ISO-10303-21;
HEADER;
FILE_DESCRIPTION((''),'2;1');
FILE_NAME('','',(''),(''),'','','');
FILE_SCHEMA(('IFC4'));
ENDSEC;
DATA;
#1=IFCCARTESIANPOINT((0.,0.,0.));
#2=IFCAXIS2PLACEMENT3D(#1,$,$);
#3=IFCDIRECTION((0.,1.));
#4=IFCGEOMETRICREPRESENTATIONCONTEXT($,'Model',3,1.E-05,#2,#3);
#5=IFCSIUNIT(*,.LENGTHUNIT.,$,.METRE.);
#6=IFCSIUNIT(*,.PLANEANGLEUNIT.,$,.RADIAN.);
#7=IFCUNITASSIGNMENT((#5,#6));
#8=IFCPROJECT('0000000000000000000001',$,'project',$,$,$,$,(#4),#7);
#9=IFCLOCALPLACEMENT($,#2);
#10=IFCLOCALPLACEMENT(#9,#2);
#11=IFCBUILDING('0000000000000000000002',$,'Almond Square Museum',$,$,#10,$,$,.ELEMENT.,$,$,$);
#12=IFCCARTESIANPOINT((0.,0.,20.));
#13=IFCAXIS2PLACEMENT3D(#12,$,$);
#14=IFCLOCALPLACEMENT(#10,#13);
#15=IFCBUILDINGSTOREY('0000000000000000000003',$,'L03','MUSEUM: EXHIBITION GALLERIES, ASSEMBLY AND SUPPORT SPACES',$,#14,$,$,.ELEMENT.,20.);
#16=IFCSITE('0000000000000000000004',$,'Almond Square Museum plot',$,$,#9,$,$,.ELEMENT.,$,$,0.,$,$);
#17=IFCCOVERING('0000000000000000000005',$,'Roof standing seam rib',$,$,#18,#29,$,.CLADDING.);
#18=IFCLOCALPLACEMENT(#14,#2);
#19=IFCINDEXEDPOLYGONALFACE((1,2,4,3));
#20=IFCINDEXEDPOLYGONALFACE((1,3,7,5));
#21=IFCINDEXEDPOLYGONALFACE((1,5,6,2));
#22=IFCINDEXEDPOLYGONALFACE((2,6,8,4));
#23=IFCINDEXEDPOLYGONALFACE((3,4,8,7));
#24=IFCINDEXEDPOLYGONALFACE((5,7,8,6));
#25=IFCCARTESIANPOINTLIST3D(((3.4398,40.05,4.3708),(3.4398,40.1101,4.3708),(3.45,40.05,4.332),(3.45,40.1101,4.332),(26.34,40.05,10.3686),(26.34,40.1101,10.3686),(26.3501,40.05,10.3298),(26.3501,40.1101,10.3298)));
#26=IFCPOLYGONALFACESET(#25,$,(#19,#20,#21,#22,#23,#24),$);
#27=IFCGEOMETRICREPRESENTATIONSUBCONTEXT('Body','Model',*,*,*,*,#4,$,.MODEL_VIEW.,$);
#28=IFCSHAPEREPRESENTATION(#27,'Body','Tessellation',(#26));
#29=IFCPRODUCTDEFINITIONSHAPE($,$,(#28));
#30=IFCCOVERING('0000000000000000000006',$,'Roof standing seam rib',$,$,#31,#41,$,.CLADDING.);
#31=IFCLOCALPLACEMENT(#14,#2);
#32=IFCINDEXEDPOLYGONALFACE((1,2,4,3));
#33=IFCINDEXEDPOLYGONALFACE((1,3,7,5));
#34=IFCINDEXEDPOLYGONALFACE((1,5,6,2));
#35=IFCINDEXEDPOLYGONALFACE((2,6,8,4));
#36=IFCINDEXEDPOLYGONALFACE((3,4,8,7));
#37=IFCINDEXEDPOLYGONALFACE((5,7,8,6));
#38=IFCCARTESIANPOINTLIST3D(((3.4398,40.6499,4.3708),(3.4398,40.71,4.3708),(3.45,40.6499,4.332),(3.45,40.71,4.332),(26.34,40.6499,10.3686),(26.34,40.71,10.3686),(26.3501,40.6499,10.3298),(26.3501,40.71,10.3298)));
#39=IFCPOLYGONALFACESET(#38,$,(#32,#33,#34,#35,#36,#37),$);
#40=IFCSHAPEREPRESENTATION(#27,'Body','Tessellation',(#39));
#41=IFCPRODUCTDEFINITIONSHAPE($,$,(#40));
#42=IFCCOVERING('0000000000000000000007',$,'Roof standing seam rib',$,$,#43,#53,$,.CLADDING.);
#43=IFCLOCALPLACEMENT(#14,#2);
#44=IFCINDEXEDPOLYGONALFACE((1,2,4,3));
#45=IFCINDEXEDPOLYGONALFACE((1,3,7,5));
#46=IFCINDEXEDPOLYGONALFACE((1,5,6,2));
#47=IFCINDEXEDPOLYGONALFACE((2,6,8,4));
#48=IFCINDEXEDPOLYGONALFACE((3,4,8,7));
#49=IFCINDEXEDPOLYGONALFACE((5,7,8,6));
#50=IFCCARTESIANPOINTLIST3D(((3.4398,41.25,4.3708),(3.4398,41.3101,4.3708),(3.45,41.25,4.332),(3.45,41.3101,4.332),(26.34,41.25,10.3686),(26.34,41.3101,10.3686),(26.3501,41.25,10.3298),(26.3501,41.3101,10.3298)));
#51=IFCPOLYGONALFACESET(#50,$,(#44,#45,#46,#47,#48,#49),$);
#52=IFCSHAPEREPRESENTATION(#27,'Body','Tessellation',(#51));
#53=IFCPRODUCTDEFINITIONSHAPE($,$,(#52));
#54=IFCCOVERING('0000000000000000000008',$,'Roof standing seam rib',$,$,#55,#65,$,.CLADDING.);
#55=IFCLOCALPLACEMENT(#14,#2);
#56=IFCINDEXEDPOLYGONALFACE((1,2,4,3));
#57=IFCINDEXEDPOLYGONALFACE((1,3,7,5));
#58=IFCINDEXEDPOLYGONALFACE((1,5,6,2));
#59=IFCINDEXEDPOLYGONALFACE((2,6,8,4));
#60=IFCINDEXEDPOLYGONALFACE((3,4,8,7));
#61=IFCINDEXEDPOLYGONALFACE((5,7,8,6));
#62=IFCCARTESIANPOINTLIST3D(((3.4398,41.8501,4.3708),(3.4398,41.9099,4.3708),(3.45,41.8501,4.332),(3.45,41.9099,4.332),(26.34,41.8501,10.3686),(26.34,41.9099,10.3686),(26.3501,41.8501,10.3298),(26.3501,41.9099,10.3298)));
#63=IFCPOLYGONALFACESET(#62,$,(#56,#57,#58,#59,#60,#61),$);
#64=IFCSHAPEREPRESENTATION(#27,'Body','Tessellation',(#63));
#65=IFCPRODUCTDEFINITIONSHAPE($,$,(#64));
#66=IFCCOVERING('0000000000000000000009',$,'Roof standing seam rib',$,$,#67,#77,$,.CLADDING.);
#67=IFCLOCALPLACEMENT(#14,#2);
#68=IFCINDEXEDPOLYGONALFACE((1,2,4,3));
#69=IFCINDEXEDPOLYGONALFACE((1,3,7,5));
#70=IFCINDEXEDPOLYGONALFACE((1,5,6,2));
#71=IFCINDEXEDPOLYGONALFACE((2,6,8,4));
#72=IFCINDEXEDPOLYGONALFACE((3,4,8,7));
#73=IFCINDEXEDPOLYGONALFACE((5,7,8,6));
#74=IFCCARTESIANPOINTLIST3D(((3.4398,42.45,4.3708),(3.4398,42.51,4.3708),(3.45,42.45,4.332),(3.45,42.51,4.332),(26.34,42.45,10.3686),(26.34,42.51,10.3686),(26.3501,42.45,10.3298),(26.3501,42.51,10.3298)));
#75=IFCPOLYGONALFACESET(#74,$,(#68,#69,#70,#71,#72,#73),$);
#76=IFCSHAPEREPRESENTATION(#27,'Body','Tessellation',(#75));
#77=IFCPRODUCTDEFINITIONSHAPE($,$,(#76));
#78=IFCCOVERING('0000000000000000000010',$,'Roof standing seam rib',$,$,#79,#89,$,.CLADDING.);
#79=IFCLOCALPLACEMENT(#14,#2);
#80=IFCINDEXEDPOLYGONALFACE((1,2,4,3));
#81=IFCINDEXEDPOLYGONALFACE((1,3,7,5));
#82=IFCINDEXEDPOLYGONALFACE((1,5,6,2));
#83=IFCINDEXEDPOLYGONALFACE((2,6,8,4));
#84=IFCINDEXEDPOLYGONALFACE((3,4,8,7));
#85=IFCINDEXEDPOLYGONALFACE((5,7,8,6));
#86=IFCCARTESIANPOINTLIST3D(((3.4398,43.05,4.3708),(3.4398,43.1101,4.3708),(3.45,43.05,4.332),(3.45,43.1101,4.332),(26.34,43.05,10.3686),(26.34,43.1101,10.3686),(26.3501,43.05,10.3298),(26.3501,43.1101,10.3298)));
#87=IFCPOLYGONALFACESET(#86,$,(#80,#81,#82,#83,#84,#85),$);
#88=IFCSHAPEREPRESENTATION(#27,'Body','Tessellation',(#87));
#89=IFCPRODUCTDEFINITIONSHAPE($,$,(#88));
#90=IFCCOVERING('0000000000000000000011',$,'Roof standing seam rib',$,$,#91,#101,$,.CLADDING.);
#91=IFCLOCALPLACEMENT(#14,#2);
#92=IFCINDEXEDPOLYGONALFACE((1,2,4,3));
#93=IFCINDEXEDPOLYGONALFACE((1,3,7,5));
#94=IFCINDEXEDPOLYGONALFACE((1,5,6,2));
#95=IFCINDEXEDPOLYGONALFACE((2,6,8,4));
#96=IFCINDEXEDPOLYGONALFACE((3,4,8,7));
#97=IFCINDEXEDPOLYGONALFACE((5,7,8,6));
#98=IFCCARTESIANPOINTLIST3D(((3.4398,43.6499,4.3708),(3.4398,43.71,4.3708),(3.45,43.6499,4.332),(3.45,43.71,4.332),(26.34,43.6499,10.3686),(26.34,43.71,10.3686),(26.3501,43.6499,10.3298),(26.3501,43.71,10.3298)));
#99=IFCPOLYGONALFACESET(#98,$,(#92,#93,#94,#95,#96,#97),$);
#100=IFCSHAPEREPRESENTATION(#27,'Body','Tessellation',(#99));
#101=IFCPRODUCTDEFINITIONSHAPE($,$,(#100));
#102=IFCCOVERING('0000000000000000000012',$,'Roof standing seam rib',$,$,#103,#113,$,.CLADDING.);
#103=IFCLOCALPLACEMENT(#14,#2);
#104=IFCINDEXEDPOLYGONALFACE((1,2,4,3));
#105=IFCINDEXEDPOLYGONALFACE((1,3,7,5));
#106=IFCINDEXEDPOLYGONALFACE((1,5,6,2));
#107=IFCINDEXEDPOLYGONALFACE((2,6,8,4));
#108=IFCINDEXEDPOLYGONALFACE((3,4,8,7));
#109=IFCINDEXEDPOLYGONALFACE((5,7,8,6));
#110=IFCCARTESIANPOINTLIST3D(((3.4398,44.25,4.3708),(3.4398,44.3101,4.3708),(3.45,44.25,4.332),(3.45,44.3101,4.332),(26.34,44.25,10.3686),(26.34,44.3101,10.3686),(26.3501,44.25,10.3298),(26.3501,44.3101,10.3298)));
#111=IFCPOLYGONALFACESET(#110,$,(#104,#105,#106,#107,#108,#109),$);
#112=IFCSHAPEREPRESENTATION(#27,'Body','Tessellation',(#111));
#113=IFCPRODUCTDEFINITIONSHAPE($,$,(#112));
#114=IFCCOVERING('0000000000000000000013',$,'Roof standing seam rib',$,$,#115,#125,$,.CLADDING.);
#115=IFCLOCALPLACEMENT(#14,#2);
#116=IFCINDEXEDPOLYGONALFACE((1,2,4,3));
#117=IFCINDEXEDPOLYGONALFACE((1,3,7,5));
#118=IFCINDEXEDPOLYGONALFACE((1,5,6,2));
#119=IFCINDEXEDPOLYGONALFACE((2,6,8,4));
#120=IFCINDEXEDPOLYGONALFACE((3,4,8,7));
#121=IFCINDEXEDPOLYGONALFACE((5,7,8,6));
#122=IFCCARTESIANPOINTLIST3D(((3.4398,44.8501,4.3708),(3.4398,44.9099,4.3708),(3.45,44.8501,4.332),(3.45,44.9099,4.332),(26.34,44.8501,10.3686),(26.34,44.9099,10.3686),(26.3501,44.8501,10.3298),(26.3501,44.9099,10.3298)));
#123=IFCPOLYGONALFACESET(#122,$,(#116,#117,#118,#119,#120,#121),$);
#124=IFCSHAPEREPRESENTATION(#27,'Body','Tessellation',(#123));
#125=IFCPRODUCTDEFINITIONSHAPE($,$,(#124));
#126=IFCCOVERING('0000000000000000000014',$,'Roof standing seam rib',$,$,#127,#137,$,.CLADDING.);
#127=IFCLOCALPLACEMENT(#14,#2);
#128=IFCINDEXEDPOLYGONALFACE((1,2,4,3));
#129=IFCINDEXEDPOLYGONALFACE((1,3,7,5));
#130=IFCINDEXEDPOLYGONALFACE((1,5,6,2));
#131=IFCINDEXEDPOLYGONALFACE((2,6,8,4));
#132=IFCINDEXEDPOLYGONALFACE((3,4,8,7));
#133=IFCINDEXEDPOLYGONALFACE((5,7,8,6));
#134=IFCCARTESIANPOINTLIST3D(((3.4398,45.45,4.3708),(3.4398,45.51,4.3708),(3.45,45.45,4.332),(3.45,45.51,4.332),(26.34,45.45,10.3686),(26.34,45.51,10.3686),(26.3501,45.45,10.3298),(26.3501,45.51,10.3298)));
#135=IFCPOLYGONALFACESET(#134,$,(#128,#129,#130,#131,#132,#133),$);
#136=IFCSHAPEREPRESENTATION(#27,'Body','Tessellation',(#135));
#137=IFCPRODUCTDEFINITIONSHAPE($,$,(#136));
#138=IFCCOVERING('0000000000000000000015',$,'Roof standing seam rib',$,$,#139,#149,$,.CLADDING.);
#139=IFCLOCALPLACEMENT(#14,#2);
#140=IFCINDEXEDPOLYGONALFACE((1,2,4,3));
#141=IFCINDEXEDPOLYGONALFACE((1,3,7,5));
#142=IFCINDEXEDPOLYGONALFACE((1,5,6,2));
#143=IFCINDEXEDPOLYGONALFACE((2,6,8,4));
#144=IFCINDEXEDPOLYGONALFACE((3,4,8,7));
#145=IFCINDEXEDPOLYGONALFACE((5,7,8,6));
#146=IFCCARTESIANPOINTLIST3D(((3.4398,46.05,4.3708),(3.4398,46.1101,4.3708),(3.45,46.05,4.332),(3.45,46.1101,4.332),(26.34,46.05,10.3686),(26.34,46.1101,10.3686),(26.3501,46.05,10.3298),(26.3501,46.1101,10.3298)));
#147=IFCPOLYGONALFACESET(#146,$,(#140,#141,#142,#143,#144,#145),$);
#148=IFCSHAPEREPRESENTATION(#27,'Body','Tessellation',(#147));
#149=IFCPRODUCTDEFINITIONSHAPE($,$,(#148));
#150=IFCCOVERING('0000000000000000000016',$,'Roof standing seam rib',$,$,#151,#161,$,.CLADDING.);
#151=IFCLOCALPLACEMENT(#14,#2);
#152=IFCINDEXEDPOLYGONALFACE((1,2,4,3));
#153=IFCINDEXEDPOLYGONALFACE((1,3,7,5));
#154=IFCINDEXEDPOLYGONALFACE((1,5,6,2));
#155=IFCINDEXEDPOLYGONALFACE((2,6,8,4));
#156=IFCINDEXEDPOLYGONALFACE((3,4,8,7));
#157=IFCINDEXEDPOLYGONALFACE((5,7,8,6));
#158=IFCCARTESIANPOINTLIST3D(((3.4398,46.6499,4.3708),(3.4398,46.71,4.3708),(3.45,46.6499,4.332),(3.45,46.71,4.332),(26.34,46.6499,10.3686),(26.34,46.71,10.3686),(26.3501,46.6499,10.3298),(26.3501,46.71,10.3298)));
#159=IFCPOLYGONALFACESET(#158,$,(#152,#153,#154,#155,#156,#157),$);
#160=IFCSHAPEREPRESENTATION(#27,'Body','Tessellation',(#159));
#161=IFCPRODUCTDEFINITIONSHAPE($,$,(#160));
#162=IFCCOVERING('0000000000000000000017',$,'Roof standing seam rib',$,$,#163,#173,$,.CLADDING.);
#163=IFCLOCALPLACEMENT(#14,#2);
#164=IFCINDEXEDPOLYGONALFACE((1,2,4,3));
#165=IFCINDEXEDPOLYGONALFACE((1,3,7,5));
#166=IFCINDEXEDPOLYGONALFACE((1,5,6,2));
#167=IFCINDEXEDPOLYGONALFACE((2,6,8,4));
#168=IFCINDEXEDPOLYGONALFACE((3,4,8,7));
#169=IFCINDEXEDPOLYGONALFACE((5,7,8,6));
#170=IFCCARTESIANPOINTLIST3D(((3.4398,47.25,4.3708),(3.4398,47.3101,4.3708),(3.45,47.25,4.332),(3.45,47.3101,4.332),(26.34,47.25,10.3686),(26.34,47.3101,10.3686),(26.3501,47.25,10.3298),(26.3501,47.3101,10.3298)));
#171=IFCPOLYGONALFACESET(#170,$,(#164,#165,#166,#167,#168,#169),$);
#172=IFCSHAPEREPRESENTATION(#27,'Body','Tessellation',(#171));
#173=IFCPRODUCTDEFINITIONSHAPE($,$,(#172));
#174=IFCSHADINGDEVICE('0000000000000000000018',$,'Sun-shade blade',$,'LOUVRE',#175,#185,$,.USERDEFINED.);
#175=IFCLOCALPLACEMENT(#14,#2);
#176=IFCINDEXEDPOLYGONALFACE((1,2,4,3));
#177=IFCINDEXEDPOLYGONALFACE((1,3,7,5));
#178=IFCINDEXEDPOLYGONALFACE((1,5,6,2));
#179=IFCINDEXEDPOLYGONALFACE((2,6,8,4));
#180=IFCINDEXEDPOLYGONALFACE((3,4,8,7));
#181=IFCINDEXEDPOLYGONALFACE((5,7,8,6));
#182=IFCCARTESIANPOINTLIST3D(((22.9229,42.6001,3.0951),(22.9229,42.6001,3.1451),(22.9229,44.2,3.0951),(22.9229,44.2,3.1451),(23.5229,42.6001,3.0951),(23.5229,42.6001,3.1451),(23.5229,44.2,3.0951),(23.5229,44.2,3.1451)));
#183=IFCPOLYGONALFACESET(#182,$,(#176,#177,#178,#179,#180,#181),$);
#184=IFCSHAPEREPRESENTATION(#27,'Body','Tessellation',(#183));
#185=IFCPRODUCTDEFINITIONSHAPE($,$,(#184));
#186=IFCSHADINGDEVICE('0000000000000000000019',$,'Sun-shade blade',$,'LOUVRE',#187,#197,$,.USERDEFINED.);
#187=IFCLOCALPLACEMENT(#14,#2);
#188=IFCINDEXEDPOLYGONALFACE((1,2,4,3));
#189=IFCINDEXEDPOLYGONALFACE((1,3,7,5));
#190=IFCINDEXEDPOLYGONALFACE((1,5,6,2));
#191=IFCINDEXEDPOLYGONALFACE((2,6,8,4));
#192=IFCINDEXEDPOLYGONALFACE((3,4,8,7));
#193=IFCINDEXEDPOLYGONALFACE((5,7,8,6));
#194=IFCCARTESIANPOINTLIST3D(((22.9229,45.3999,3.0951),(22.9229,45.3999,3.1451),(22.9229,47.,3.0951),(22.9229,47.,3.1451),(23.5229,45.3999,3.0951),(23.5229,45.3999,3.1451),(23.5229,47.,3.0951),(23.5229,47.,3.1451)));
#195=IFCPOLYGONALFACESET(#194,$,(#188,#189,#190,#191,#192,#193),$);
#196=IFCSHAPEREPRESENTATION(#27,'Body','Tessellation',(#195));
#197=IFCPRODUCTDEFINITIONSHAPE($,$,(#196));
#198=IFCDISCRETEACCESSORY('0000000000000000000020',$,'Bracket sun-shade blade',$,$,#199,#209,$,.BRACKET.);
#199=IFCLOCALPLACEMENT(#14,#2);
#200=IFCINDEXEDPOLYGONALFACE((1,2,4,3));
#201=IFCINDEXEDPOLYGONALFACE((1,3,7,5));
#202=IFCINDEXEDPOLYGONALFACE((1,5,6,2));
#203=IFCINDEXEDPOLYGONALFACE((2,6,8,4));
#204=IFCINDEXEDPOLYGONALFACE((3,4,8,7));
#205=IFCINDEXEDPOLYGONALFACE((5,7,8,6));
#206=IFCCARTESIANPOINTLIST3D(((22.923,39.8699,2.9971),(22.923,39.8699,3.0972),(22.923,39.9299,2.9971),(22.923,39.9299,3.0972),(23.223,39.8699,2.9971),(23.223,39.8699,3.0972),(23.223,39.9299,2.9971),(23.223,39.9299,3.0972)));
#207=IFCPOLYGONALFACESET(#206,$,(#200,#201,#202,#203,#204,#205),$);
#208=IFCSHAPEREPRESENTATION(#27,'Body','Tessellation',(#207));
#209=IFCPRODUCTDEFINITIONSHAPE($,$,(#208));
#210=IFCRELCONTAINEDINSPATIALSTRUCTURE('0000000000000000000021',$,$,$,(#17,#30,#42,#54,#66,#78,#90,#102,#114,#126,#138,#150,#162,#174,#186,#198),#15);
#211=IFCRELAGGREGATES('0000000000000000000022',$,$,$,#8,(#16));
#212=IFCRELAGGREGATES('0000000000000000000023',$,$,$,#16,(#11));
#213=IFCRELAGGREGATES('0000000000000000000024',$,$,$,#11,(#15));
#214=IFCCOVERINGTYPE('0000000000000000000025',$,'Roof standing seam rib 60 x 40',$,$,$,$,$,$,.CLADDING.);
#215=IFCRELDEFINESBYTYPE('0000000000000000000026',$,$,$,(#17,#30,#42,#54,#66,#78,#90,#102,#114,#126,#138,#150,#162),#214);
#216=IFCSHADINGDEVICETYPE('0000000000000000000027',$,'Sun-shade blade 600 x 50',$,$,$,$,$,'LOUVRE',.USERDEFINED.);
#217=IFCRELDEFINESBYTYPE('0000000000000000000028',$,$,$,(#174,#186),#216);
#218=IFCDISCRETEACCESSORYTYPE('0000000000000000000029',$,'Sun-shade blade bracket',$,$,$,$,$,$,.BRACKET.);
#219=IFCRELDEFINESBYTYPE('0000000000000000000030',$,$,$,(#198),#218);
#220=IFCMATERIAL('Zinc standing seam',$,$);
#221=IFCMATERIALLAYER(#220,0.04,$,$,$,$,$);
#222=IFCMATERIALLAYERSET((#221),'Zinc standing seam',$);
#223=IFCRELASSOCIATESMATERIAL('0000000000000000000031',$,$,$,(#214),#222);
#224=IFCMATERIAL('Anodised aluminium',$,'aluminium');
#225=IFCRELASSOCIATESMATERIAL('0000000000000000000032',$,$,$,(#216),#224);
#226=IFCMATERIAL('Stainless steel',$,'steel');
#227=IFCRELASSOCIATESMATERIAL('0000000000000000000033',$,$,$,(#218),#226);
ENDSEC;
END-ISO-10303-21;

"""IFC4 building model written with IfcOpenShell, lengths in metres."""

from ifc_helpers import new_model, si_unit, direction, frame, origin, origin_2d, place, context, subcontext, project, spatial, polyline, rectangle, outline, extrude, material, layer, layer_set, material_profile, profile_set, type_object, element, save


model = new_model("IFC4")

# Units and contexts
model_context = context("Model", 3, precision=1e-05, world=origin(), true_north=direction((0.0, 1.0)))
body_context = subcontext(model_context, "Body", "Model", "MODEL_VIEW")
ifc_project = project(units=[si_unit("LENGTHUNIT", "METRE"), si_unit("PLANEANGLEUNIT", "RADIAN")], contexts=[model_context])

# Site, building, storey
site_placement = place(None, origin())
site = spatial("IfcSite", under=ifc_project, at=site_placement, Name="Almond Square Museum plot", CompositionType="ELEMENT", RefElevation=0.0)
building_placement = place(site_placement, origin())
building = spatial("IfcBuilding", under=site, at=building_placement, Name="Almond Square Museum", CompositionType="ELEMENT")
storey_placement = place(building_placement, frame((0.0, 0.0, 20.0)))
storey = spatial("IfcBuildingStorey", under=building, at=storey_placement, Name="L03", Description="MUSEUM: EXHIBITION GALLERIES, ASSEMBLY AND SUPPORT SPACES", CompositionType="ELEMENT", Elevation=20.0)

# Coverings
ifc_material_1 = material(Name="Zinc standing seam")
ifc_layer = layer(ifc_material_1, 0.04)
ifc_layer_set = layer_set([ifc_layer], Name="Zinc standing seam")
covering_type = type_object("IfcCoveringType", Name="Roof standing seam rib 60 x 40", PredefinedType="CLADDING", material=ifc_layer_set)
for number, where, z_axis, x_axis, name in (
    (1, (26.3501, 40.1101, 10.3298), (-0.253365, 0.0, 0.967371), (-0.967371, 0.0, -0.253365), "Roof standing seam rib"),
    (2, (26.3501, 40.71, 10.3298), (-0.253365, 0.0, 0.967371), (-0.967371, 0.0, -0.253365), "Roof standing seam rib"),
    (3, (26.3501, 41.3101, 10.3298), (-0.253365, 0.0, 0.967371), (-0.967371, 0.0, -0.253365), "Roof standing seam rib"),
):
    element("IfcCovering", number, at=place(storey_placement, frame(where, z_axis=z_axis, x_axis=x_axis)), inside=storey, type_object=covering_type, Name=name, PredefinedType="CLADDING", context=body_context, shape_type="SweptSolid", body=[
        extrude(outline(polyline([(0.0, 0.0), (23.6726, 0.0), (23.6726, 0.0601), (0.0, 0.0601), (0.0, 0.0)])), origin(), (0.0, 0.0, 1.0), 0.04),
    ])
covering_1_placement = place(storey_placement, frame((26.3501, 41.9099, 10.3298), z_axis=(-0.253365, 0.0, 0.967371), x_axis=(-0.967371, 0.0, -0.253365)))
element("IfcCovering", 4, at=covering_1_placement, inside=storey, type_object=covering_type, Name="Roof standing seam rib", PredefinedType="CLADDING", context=body_context, shape_type="SweptSolid", body=[
    extrude(outline(polyline([(0.0, 0.0), (23.6726, 0.0), (23.6726, 0.0598), (0.0, 0.0598), (0.0, 0.0)])), origin(), (0.0, 0.0, 1.0), 0.04),
])
for number, where, z_axis, x_axis, name in (
    (5, (26.3501, 42.51, 10.3298), (-0.253365, 0.0, 0.967371), (-0.967371, 0.0, -0.253365), "Roof standing seam rib"),
    (6, (26.3501, 43.1101, 10.3298), (-0.253365, 0.0, 0.967371), (-0.967371, 0.0, -0.253365), "Roof standing seam rib"),
    (7, (26.3501, 43.71, 10.3298), (-0.253365, 0.0, 0.967371), (-0.967371, 0.0, -0.253365), "Roof standing seam rib"),
    (8, (26.3501, 44.3101, 10.3298), (-0.253365, 0.0, 0.967371), (-0.967371, 0.0, -0.253365), "Roof standing seam rib"),
):
    element("IfcCovering", number, at=place(storey_placement, frame(where, z_axis=z_axis, x_axis=x_axis)), inside=storey, type_object=covering_type, Name=name, PredefinedType="CLADDING", context=body_context, shape_type="SweptSolid", body=[
        extrude(outline(polyline([(0.0, 0.0), (23.6726, 0.0), (23.6726, 0.0601), (0.0, 0.0601), (0.0, 0.0)])), origin(), (0.0, 0.0, 1.0), 0.04),
    ])
covering_2_placement = place(storey_placement, frame((26.3501, 44.9099, 10.3298), z_axis=(-0.253365, 0.0, 0.967371), x_axis=(-0.967371, 0.0, -0.253365)))
element("IfcCovering", 9, at=covering_2_placement, inside=storey, type_object=covering_type, Name="Roof standing seam rib", PredefinedType="CLADDING", context=body_context, shape_type="SweptSolid", body=[
    extrude(outline(polyline([(0.0, 0.0), (23.6726, 0.0), (23.6726, 0.0598), (0.0, 0.0598), (0.0, 0.0)])), origin(), (0.0, 0.0, 1.0), 0.04),
])
for number, where, z_axis, x_axis, name in (
    (10, (26.3501, 45.51, 10.3298), (-0.253365, 0.0, 0.967371), (-0.967371, 0.0, -0.253365), "Roof standing seam rib"),
    (11, (26.3501, 46.1101, 10.3298), (-0.253365, 0.0, 0.967371), (-0.967371, 0.0, -0.253365), "Roof standing seam rib"),
    (12, (26.3501, 46.71, 10.3298), (-0.253365, 0.0, 0.967371), (-0.967371, 0.0, -0.253365), "Roof standing seam rib"),
    (13, (26.3501, 47.3101, 10.3298), (-0.253365, 0.0, 0.967371), (-0.967371, 0.0, -0.253365), "Roof standing seam rib"),
):
    element("IfcCovering", number, at=place(storey_placement, frame(where, z_axis=z_axis, x_axis=x_axis)), inside=storey, type_object=covering_type, Name=name, PredefinedType="CLADDING", context=body_context, shape_type="SweptSolid", body=[
        extrude(outline(polyline([(0.0, 0.0), (23.6726, 0.0), (23.6726, 0.0601), (0.0, 0.0601), (0.0, 0.0)])), origin(), (0.0, 0.0, 1.0), 0.04),
    ])

# Shading devices
ifc_material_2 = material(Name="Anodised aluminium", Category="aluminium")
ifc_material_profile = material_profile(ifc_material_2, rectangle(XDim=0.6001, YDim=0.05, at=origin_2d()))
ifc_profile_set = profile_set([ifc_material_profile], Name="Anodised aluminium")
shading_device_type = type_object("IfcShadingDeviceType", Name="Sun-shade blade 600 x 50", ElementType="LOUVRE", PredefinedType="USERDEFINED", material=ifc_profile_set)
shading_device_1_placement = place(storey_placement, frame((23.2229, 42.6001, 3.1201), z_axis=(0.0, 1.0, 0.0), x_axis=(-1.0, 0.0, 0.0)))
element("IfcShadingDevice", 14, at=shading_device_1_placement, inside=storey, type_object=shading_device_type, Name="Sun-shade blade", ObjectType="LOUVRE", PredefinedType="USERDEFINED", context=body_context, shape_type="SweptSolid", body=[
    extrude(rectangle(XDim=0.6001, YDim=0.05, at=origin_2d()), origin(), (0.0, 0.0, 1.0), 1.5999),
])
shading_device_2_placement = place(storey_placement, frame((23.2229, 45.3999, 3.1201), z_axis=(0.0, 1.0, 0.0), x_axis=(-1.0, 0.0, 0.0)))
element("IfcShadingDevice", 15, at=shading_device_2_placement, inside=storey, type_object=shading_device_type, Name="Sun-shade blade", ObjectType="LOUVRE", PredefinedType="USERDEFINED", context=body_context, shape_type="SweptSolid", body=[
    extrude(rectangle(XDim=0.6001, YDim=0.05, at=origin_2d()), origin(), (0.0, 0.0, 1.0), 1.6001),
])

# Discrete accessory
ifc_material_3 = material(Name="Stainless steel", Category="steel")
discrete_accessory_type = type_object("IfcDiscreteAccessoryType", Name="Sun-shade blade bracket", PredefinedType="BRACKET", material=ifc_material_3)
for number, where, z_axis, x_axis, name in (
    (16, (23.073, 39.8999, 2.9971), (0.0, 0.0, 1.0), (1.0, 0.0, 0.0), "Bracket sun-shade blade"),
):
    element("IfcDiscreteAccessory", number, at=place(storey_placement, frame(where, z_axis=z_axis, x_axis=x_axis)), inside=storey, type_object=discrete_accessory_type, Name=name, PredefinedType="BRACKET", context=body_context, shape_type="SweptSolid", body=[
        extrude(rectangle(XDim=0.3, YDim=0.0601, at=origin_2d()), origin(), (0.0, 0.0, 1.0), 0.1001),
    ])

save(model, "model.ifc")
